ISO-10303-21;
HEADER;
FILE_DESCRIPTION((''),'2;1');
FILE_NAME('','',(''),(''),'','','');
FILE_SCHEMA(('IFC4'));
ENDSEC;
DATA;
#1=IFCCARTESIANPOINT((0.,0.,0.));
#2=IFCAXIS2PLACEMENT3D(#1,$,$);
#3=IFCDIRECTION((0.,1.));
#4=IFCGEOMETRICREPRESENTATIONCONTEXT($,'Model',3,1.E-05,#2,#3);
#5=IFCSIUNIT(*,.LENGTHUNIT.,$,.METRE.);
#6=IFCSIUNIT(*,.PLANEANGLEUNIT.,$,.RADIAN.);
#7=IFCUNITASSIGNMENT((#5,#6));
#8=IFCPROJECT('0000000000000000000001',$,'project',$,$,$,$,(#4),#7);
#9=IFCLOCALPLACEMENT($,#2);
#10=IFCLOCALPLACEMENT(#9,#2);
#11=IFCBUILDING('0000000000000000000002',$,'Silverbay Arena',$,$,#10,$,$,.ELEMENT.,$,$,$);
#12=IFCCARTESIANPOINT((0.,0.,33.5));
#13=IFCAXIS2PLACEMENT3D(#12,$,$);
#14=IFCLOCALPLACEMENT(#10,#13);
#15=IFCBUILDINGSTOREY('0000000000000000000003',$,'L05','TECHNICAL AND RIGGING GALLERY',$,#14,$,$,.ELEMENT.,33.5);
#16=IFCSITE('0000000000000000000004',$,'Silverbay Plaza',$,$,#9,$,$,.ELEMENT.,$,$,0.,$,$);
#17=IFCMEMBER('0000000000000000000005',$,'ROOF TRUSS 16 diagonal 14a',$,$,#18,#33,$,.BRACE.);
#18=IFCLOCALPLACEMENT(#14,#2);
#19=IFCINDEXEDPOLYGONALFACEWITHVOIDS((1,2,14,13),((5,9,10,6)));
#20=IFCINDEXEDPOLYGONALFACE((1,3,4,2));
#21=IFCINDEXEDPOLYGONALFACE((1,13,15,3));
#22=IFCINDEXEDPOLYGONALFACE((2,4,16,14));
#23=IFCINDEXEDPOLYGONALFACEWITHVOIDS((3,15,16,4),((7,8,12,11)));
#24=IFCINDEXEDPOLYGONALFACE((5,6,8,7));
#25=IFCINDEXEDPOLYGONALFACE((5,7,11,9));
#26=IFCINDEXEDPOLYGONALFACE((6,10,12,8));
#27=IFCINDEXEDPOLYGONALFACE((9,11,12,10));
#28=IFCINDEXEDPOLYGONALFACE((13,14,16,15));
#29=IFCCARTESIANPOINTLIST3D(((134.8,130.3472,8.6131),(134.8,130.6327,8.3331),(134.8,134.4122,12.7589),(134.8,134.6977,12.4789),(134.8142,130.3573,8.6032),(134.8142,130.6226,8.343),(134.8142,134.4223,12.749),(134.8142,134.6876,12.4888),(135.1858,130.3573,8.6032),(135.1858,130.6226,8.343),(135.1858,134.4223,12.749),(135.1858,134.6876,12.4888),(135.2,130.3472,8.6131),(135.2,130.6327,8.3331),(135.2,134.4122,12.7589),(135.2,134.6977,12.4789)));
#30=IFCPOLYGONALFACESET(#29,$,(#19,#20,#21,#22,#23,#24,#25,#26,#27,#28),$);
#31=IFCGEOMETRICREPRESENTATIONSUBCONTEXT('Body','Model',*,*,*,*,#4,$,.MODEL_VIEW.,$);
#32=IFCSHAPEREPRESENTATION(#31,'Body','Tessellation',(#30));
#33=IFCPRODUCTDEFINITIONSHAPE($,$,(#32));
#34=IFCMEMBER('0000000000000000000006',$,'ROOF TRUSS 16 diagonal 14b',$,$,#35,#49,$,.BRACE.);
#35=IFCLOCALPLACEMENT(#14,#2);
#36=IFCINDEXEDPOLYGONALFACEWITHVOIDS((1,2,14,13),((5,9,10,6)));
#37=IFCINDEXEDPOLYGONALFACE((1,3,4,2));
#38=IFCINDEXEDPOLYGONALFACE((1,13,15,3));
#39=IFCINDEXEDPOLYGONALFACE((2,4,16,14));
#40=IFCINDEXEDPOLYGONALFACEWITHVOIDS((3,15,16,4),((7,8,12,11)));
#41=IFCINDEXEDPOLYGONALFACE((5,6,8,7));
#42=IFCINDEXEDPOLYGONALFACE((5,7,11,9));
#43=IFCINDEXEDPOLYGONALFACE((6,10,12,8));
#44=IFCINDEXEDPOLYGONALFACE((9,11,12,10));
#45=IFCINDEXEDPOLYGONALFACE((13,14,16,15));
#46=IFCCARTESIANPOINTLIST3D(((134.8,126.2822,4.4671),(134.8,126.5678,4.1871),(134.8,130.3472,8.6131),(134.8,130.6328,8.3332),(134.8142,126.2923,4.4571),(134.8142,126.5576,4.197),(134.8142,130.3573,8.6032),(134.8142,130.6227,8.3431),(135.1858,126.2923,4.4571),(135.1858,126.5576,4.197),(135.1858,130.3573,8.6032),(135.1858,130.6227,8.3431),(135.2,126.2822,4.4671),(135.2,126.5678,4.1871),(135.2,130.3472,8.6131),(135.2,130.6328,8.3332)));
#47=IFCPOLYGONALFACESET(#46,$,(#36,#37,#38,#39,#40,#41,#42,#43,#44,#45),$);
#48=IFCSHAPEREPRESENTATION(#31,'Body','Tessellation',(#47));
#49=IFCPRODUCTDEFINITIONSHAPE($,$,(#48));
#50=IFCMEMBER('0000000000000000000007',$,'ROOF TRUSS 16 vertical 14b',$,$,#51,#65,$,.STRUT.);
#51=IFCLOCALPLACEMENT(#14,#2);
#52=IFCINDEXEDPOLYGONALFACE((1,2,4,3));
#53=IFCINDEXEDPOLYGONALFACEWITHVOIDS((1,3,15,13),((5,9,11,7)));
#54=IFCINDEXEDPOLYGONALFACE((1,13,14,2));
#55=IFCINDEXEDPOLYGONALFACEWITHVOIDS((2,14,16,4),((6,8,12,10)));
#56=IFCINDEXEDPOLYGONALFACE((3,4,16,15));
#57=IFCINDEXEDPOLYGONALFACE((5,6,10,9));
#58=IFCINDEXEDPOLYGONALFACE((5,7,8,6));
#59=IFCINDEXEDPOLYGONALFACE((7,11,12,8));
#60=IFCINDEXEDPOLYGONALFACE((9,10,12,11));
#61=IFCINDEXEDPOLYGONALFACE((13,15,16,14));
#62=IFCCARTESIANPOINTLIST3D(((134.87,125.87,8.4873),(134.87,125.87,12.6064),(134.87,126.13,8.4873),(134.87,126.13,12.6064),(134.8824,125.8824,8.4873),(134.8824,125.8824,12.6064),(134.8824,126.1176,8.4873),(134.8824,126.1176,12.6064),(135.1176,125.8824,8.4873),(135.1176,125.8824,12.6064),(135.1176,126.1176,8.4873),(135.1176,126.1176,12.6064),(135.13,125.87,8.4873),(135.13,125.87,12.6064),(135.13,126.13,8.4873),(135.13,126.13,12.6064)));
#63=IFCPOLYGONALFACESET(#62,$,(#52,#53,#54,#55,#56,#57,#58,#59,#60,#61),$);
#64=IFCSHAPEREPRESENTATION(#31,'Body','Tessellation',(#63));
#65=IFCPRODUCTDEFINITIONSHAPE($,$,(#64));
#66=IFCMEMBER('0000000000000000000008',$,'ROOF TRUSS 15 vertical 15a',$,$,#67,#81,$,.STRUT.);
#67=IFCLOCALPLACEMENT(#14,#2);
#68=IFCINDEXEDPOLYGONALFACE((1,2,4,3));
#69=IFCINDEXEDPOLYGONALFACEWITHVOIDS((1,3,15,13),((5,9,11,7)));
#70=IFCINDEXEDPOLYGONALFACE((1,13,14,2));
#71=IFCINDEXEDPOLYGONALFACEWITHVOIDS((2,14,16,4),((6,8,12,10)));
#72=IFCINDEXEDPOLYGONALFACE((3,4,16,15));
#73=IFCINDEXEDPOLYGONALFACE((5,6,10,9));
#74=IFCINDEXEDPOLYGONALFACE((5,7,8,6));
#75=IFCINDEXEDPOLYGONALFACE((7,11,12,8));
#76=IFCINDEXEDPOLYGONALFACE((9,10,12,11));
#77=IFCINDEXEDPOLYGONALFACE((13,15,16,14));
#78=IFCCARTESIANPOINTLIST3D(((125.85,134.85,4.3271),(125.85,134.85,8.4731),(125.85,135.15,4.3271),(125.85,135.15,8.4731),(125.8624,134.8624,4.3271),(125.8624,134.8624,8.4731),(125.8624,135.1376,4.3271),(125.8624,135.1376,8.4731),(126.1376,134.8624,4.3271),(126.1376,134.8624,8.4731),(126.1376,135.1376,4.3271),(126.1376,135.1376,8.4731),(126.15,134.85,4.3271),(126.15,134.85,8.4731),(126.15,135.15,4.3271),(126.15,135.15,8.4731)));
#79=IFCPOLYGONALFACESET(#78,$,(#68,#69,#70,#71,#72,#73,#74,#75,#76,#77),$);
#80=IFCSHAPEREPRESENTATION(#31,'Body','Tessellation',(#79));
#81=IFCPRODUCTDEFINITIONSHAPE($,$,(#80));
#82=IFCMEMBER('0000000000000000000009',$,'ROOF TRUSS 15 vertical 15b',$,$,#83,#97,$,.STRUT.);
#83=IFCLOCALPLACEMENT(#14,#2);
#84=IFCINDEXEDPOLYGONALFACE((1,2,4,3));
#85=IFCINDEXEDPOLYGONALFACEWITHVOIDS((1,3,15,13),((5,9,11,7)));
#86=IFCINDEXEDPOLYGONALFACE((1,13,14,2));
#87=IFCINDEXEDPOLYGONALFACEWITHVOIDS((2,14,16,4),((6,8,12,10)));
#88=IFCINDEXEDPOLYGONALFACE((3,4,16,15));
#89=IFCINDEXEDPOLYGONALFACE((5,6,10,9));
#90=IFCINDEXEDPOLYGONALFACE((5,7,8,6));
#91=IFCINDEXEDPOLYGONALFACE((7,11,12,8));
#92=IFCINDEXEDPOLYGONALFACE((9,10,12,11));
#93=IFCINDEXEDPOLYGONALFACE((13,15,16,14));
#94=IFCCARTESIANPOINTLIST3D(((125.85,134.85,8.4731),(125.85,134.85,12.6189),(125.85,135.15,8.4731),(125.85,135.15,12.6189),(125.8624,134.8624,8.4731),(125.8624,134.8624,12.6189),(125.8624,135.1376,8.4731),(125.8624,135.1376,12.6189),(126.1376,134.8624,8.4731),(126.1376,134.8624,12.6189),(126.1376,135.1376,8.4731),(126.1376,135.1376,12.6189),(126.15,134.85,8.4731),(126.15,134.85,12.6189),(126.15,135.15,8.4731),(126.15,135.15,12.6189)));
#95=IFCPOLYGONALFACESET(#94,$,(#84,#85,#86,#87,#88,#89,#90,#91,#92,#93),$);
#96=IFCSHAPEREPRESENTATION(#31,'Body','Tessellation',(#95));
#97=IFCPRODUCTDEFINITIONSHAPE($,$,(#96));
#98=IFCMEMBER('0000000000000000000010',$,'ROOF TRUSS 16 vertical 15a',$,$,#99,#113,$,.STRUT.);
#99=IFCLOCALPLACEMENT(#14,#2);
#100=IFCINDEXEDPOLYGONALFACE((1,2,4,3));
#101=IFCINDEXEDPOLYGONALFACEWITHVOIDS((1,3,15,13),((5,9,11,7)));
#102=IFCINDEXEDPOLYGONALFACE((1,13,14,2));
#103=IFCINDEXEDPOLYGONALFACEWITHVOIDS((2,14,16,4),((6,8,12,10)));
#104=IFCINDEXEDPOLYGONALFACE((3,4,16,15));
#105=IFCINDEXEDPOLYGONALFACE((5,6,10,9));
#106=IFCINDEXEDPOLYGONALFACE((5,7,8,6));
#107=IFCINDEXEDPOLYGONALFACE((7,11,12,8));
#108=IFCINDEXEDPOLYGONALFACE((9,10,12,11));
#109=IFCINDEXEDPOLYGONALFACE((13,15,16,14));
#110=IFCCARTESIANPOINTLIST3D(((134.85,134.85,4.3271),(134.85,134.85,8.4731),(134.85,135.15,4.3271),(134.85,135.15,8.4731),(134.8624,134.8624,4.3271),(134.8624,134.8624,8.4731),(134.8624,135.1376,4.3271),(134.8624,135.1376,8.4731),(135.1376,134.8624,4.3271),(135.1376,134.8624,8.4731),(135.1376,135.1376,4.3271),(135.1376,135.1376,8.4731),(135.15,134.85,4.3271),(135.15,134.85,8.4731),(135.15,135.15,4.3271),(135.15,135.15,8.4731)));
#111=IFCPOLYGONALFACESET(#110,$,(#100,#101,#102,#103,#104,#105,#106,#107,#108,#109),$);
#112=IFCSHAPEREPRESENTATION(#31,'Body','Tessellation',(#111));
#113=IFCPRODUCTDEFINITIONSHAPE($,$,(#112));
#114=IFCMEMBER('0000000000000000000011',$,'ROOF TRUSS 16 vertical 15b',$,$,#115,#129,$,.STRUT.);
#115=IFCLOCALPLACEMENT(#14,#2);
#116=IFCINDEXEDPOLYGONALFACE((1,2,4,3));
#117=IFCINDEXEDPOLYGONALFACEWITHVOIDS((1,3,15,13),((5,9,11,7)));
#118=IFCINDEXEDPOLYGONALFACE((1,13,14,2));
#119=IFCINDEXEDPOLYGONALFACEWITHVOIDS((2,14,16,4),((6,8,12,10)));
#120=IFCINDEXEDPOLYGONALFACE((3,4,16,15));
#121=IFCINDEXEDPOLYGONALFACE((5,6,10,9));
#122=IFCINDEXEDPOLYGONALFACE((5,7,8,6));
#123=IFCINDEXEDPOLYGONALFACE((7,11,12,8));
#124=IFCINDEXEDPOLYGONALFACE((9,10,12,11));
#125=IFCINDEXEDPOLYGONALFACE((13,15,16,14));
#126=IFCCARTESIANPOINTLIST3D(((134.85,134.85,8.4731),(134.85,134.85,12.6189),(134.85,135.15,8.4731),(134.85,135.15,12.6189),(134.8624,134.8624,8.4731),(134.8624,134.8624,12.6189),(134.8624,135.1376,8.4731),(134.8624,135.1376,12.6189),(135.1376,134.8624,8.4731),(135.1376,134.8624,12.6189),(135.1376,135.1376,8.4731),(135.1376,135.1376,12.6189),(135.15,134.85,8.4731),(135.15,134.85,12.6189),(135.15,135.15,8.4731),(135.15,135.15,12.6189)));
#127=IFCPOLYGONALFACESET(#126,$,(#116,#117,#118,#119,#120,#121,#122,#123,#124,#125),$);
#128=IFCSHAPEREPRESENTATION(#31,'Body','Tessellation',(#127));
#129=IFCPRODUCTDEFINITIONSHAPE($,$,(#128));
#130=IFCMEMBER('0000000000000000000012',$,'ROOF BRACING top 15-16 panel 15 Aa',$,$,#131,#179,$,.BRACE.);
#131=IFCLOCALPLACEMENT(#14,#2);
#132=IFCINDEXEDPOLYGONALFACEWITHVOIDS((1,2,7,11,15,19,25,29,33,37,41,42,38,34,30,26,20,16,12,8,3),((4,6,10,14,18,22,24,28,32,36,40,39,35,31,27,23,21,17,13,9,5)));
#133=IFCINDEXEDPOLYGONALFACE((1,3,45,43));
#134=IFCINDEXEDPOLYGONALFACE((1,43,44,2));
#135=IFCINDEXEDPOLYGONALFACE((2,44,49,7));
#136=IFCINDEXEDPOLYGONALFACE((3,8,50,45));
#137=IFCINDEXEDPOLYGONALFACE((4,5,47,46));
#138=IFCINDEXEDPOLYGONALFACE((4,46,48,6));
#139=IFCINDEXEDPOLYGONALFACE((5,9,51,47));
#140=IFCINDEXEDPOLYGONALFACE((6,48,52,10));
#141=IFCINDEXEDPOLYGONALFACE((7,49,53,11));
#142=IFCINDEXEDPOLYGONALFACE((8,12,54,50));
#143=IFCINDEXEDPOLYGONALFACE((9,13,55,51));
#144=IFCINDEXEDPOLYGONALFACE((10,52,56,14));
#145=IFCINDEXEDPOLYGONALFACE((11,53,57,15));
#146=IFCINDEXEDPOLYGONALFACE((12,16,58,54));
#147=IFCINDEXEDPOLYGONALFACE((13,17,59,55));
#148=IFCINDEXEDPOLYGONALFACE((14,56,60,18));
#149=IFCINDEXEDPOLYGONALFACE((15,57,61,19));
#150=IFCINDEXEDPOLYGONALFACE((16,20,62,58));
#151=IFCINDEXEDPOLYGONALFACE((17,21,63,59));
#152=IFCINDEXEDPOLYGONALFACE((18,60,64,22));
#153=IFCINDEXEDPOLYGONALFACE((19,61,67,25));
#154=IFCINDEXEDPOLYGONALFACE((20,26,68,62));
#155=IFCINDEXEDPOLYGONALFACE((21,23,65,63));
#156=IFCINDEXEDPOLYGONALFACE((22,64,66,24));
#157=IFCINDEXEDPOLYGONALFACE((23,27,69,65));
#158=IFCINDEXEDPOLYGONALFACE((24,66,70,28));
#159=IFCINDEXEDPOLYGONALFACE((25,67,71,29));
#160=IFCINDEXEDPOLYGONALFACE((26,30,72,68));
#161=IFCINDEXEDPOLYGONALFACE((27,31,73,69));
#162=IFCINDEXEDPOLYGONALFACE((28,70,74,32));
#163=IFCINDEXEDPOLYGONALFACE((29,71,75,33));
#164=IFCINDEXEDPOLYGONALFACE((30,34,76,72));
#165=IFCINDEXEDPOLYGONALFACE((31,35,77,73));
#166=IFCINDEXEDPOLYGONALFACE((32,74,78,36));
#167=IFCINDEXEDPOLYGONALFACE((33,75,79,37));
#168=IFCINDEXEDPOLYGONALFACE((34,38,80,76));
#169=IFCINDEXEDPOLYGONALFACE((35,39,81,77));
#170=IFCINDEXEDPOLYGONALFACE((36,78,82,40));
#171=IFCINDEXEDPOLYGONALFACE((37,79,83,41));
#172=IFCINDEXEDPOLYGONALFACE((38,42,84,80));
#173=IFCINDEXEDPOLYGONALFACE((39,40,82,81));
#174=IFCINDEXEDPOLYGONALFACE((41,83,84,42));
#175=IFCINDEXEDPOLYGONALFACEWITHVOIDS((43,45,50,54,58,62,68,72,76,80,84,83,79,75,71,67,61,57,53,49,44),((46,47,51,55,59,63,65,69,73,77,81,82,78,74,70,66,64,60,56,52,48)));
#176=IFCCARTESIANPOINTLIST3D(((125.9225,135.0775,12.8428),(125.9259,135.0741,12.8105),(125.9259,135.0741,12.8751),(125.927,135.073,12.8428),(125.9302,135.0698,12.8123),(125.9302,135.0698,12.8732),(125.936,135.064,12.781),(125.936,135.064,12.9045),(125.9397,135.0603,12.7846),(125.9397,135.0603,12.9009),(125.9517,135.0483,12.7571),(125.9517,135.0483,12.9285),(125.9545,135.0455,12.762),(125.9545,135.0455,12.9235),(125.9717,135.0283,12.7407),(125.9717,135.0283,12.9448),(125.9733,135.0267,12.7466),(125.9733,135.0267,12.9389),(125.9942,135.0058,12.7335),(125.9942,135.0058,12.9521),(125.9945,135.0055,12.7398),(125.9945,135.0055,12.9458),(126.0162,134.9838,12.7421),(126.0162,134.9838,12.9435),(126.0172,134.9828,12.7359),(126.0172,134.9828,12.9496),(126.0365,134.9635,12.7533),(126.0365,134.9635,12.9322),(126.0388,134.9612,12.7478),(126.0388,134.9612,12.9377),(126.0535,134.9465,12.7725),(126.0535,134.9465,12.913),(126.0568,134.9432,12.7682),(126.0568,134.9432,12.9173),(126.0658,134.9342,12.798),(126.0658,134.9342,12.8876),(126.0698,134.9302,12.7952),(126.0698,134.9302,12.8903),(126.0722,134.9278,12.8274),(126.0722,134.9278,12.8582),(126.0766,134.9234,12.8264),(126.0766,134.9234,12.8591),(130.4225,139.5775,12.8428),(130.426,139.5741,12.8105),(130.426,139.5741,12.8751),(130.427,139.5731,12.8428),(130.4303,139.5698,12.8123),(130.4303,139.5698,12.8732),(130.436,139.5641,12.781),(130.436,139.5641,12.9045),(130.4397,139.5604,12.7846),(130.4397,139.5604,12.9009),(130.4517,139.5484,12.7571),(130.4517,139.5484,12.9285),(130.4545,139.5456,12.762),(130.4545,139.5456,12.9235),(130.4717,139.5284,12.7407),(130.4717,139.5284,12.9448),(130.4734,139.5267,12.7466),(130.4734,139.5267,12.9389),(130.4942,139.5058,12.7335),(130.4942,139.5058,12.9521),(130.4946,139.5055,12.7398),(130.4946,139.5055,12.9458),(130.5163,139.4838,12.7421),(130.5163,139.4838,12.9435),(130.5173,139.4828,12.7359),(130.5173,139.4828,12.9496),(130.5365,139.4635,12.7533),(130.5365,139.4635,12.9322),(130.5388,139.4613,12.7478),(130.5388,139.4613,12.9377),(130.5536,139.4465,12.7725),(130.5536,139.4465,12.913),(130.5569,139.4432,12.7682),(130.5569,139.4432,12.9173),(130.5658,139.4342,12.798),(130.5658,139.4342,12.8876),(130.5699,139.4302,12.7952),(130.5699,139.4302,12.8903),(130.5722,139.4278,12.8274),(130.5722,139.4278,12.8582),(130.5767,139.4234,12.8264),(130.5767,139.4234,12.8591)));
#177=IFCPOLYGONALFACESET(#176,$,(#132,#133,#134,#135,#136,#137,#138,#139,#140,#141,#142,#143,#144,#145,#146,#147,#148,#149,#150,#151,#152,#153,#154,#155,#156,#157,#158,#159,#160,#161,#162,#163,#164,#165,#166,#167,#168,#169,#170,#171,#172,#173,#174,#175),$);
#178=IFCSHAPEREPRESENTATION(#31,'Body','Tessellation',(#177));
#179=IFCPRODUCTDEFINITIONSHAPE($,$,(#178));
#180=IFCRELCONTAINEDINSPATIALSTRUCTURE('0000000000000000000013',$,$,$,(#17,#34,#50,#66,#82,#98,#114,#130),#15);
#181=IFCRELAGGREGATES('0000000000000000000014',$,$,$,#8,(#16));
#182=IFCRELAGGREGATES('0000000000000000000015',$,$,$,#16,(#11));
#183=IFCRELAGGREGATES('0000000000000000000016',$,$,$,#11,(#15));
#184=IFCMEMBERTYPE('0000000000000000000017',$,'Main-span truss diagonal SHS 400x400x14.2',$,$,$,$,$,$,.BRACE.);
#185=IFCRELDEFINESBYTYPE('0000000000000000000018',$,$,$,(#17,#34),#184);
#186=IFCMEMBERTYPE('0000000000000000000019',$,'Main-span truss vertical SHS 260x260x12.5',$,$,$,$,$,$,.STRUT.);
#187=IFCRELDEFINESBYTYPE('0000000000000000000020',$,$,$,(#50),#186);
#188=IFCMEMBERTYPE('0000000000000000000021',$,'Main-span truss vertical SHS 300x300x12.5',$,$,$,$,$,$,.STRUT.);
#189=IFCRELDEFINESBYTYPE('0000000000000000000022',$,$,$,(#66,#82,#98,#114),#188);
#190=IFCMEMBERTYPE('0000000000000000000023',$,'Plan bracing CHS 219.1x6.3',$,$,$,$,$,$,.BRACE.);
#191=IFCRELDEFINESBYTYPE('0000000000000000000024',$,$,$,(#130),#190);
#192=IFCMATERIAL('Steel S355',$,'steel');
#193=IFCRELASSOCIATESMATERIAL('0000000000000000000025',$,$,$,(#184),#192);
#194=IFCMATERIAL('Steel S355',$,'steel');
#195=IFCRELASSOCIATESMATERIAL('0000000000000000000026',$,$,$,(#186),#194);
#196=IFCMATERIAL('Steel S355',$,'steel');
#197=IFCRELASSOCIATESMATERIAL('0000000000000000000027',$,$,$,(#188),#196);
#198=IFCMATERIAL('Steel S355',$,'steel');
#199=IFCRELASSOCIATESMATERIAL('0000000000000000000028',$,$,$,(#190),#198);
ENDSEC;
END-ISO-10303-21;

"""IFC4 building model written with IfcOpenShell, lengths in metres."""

from ifc_helpers import new_model, si_unit, direction, frame, origin, origin_2d, place, context, subcontext, project, spatial, hollow_rectangle, hollow_circle, extrude, material, material_profile, profile_set, type_object, element, save


model = new_model("IFC4")

# Units and contexts
model_context = context("Model", 3, precision=1e-05, world=origin(), true_north=direction((0.0, 1.0)))
body_context = subcontext(model_context, "Body", "Model", "MODEL_VIEW")
ifc_project = project(units=[si_unit("LENGTHUNIT", "METRE"), si_unit("PLANEANGLEUNIT", "RADIAN")], contexts=[model_context])

# Site, building, storey
site_placement = place(None, origin())
site = spatial("IfcSite", under=ifc_project, at=site_placement, Name="Silverbay Plaza", CompositionType="ELEMENT", RefElevation=0.0)
building_placement = place(site_placement, origin())
building = spatial("IfcBuilding", under=site, at=building_placement, Name="Silverbay Arena", CompositionType="ELEMENT")
storey_placement = place(building_placement, frame((0.0, 0.0, 33.5)))
storey = spatial("IfcBuildingStorey", under=building, at=storey_placement, Name="L05", Description="TECHNICAL AND RIGGING GALLERY", CompositionType="ELEMENT", Elevation=33.5)

# Members
ifc_material_1 = material(Name="Steel S355", Category="steel")
ifc_material_profile_1 = material_profile(ifc_material_1, hollow_rectangle(XDim=0.3999, YDim=0.3999, WallThickness=0.0142, at=origin_2d()), Name="SHS 400x400x14.2")
ifc_profile_set_1 = profile_set([ifc_material_profile_1], Name="Steel S355")
member_type_1 = type_object("IfcMemberType", Name="Main-span truss diagonal SHS 400x400x14.2", PredefinedType="BRACE", material=ifc_profile_set_1)
member_1_placement = place(storey_placement, frame((135.0, 134.5549, 12.6189), z_axis=(0.0, -0.700113, -0.714032), x_axis=(1.0, 0.0, 0.0)))
element("IfcMember", 1, at=member_1_placement, inside=storey, type_object=member_type_1, Name="ROOF TRUSS 16 diagonal 14a", PredefinedType="BRACE", context=body_context, shape_type="SweptSolid", body=[
    extrude(hollow_rectangle(XDim=0.3999, YDim=0.3999, WallThickness=0.0142, at=origin_2d()), origin(), (0.0, 0.0, 1.0), 5.8062),
])
member_2_placement = place(storey_placement, frame((135.0, 130.49, 8.4731), z_axis=(0.0, -0.700092, -0.714052), x_axis=(1.0, 0.0, 0.0)))
element("IfcMember", 2, at=member_2_placement, inside=storey, type_object=member_type_1, Name="ROOF TRUSS 16 diagonal 14b", PredefinedType="BRACE", context=body_context, shape_type="SweptSolid", body=[
    extrude(hollow_rectangle(XDim=0.3999, YDim=0.3999, WallThickness=0.0142, at=origin_2d()), origin(), (0.0, 0.0, 1.0), 5.8064),
])
ifc_material_2 = material(Name="Steel S355", Category="steel")
ifc_material_profile_2 = material_profile(ifc_material_2, hollow_rectangle(XDim=0.26, YDim=0.26, WallThickness=0.0125, at=origin_2d()), Name="SHS 260x260x12.5")
ifc_profile_set_2 = profile_set([ifc_material_profile_2], Name="Steel S355")
member_type_2 = type_object("IfcMemberType", Name="Main-span truss vertical SHS 260x260x12.5", PredefinedType="STRUT", material=ifc_profile_set_2)
member_3_placement = place(storey_placement, frame((135.0, 126.0, 8.4873), z_axis=(0.0, 0.0, 1.0), x_axis=(1.0, 0.0, 0.0)))
element("IfcMember", 3, at=member_3_placement, inside=storey, type_object=member_type_2, Name="ROOF TRUSS 16 vertical 14b", PredefinedType="STRUT", context=body_context, shape_type="SweptSolid", body=[
    extrude(hollow_rectangle(XDim=0.26, YDim=0.26, WallThickness=0.0125, at=origin_2d()), origin(), (0.0, 0.0, 1.0), 4.1191),
])
ifc_material_3 = material(Name="Steel S355", Category="steel")
ifc_material_profile_3 = material_profile(ifc_material_3, hollow_rectangle(XDim=0.3, YDim=0.3, WallThickness=0.0125, at=origin_2d()), Name="SHS 300x300x12.5")
ifc_profile_set_3 = profile_set([ifc_material_profile_3], Name="Steel S355")
member_type_3 = type_object("IfcMemberType", Name="Main-span truss vertical SHS 300x300x12.5", PredefinedType="STRUT", material=ifc_profile_set_3)
member_4_placement = place(storey_placement, frame((126.0, 135.0, 4.3271), z_axis=(0.0, 0.0, 1.0), x_axis=(1.0, 0.0, 0.0)))
element("IfcMember", 4, at=member_4_placement, inside=storey, type_object=member_type_3, Name="ROOF TRUSS 15 vertical 15a", PredefinedType="STRUT", context=body_context, shape_type="SweptSolid", body=[
    extrude(hollow_rectangle(XDim=0.3, YDim=0.3, WallThickness=0.0125, at=origin_2d()), origin(), (0.0, 0.0, 1.0), 4.146),
])
member_5_placement = place(storey_placement, frame((126.0, 135.0, 8.4731), z_axis=(0.0, 0.0, 1.0), x_axis=(1.0, 0.0, 0.0)))
element("IfcMember", 5, at=member_5_placement, inside=storey, type_object=member_type_3, Name="ROOF TRUSS 15 vertical 15b", PredefinedType="STRUT", context=body_context, shape_type="SweptSolid", body=[
    extrude(hollow_rectangle(XDim=0.3, YDim=0.3, WallThickness=0.0125, at=origin_2d()), origin(), (0.0, 0.0, 1.0), 4.1458),
])
member_6_placement = place(storey_placement, frame((135.0, 135.0, 4.3271), z_axis=(0.0, 0.0, 1.0), x_axis=(1.0, 0.0, 0.0)))
element("IfcMember", 6, at=member_6_placement, inside=storey, type_object=member_type_3, Name="ROOF TRUSS 16 vertical 15a", PredefinedType="STRUT", context=body_context, shape_type="SweptSolid", body=[
    extrude(hollow_rectangle(XDim=0.3, YDim=0.3, WallThickness=0.0125, at=origin_2d()), origin(), (0.0, 0.0, 1.0), 4.146),
])
member_7_placement = place(storey_placement, frame((135.0, 135.0, 8.4731), z_axis=(0.0, 0.0, 1.0), x_axis=(1.0, 0.0, 0.0)))
element("IfcMember", 7, at=member_7_placement, inside=storey, type_object=member_type_3, Name="ROOF TRUSS 16 vertical 15b", PredefinedType="STRUT", context=body_context, shape_type="SweptSolid", body=[
    extrude(hollow_rectangle(XDim=0.3, YDim=0.3, WallThickness=0.0125, at=origin_2d()), origin(), (0.0, 0.0, 1.0), 4.1458),
])
ifc_material_4 = material(Name="Steel S355", Category="steel")
ifc_material_profile_4 = material_profile(ifc_material_4, hollow_circle(Radius=0.1096, WallThickness=0.0063, at=origin_2d()), Name="CHS 219.1x6.3")
ifc_profile_set_4 = profile_set([ifc_material_profile_4], Name="Steel S355")
member_type_4 = type_object("IfcMemberType", Name="Plan bracing CHS 219.1x6.3", PredefinedType="BRACE", material=ifc_profile_set_4)
for number, where, z_axis, x_axis, name in (
    (8, (126.0, 135.0, 12.8428), (0.707107, 0.707107, 0.0), (-0.707107, 0.707107, 0.0), "ROOF BRACING top 15-16 panel 15 Aa"),
):
    element("IfcMember", number, at=place(storey_placement, frame(where, z_axis=z_axis, x_axis=x_axis)), inside=storey, type_object=member_type_4, Name=name, PredefinedType="BRACE", context=body_context, shape_type="SweptSolid", body=[
        extrude(hollow_circle(Radius=0.1096, WallThickness=0.0063, at=origin_2d()), origin(), (0.0, 0.0, 1.0), 6.364),
    ])

save(model, "model.ifc")
